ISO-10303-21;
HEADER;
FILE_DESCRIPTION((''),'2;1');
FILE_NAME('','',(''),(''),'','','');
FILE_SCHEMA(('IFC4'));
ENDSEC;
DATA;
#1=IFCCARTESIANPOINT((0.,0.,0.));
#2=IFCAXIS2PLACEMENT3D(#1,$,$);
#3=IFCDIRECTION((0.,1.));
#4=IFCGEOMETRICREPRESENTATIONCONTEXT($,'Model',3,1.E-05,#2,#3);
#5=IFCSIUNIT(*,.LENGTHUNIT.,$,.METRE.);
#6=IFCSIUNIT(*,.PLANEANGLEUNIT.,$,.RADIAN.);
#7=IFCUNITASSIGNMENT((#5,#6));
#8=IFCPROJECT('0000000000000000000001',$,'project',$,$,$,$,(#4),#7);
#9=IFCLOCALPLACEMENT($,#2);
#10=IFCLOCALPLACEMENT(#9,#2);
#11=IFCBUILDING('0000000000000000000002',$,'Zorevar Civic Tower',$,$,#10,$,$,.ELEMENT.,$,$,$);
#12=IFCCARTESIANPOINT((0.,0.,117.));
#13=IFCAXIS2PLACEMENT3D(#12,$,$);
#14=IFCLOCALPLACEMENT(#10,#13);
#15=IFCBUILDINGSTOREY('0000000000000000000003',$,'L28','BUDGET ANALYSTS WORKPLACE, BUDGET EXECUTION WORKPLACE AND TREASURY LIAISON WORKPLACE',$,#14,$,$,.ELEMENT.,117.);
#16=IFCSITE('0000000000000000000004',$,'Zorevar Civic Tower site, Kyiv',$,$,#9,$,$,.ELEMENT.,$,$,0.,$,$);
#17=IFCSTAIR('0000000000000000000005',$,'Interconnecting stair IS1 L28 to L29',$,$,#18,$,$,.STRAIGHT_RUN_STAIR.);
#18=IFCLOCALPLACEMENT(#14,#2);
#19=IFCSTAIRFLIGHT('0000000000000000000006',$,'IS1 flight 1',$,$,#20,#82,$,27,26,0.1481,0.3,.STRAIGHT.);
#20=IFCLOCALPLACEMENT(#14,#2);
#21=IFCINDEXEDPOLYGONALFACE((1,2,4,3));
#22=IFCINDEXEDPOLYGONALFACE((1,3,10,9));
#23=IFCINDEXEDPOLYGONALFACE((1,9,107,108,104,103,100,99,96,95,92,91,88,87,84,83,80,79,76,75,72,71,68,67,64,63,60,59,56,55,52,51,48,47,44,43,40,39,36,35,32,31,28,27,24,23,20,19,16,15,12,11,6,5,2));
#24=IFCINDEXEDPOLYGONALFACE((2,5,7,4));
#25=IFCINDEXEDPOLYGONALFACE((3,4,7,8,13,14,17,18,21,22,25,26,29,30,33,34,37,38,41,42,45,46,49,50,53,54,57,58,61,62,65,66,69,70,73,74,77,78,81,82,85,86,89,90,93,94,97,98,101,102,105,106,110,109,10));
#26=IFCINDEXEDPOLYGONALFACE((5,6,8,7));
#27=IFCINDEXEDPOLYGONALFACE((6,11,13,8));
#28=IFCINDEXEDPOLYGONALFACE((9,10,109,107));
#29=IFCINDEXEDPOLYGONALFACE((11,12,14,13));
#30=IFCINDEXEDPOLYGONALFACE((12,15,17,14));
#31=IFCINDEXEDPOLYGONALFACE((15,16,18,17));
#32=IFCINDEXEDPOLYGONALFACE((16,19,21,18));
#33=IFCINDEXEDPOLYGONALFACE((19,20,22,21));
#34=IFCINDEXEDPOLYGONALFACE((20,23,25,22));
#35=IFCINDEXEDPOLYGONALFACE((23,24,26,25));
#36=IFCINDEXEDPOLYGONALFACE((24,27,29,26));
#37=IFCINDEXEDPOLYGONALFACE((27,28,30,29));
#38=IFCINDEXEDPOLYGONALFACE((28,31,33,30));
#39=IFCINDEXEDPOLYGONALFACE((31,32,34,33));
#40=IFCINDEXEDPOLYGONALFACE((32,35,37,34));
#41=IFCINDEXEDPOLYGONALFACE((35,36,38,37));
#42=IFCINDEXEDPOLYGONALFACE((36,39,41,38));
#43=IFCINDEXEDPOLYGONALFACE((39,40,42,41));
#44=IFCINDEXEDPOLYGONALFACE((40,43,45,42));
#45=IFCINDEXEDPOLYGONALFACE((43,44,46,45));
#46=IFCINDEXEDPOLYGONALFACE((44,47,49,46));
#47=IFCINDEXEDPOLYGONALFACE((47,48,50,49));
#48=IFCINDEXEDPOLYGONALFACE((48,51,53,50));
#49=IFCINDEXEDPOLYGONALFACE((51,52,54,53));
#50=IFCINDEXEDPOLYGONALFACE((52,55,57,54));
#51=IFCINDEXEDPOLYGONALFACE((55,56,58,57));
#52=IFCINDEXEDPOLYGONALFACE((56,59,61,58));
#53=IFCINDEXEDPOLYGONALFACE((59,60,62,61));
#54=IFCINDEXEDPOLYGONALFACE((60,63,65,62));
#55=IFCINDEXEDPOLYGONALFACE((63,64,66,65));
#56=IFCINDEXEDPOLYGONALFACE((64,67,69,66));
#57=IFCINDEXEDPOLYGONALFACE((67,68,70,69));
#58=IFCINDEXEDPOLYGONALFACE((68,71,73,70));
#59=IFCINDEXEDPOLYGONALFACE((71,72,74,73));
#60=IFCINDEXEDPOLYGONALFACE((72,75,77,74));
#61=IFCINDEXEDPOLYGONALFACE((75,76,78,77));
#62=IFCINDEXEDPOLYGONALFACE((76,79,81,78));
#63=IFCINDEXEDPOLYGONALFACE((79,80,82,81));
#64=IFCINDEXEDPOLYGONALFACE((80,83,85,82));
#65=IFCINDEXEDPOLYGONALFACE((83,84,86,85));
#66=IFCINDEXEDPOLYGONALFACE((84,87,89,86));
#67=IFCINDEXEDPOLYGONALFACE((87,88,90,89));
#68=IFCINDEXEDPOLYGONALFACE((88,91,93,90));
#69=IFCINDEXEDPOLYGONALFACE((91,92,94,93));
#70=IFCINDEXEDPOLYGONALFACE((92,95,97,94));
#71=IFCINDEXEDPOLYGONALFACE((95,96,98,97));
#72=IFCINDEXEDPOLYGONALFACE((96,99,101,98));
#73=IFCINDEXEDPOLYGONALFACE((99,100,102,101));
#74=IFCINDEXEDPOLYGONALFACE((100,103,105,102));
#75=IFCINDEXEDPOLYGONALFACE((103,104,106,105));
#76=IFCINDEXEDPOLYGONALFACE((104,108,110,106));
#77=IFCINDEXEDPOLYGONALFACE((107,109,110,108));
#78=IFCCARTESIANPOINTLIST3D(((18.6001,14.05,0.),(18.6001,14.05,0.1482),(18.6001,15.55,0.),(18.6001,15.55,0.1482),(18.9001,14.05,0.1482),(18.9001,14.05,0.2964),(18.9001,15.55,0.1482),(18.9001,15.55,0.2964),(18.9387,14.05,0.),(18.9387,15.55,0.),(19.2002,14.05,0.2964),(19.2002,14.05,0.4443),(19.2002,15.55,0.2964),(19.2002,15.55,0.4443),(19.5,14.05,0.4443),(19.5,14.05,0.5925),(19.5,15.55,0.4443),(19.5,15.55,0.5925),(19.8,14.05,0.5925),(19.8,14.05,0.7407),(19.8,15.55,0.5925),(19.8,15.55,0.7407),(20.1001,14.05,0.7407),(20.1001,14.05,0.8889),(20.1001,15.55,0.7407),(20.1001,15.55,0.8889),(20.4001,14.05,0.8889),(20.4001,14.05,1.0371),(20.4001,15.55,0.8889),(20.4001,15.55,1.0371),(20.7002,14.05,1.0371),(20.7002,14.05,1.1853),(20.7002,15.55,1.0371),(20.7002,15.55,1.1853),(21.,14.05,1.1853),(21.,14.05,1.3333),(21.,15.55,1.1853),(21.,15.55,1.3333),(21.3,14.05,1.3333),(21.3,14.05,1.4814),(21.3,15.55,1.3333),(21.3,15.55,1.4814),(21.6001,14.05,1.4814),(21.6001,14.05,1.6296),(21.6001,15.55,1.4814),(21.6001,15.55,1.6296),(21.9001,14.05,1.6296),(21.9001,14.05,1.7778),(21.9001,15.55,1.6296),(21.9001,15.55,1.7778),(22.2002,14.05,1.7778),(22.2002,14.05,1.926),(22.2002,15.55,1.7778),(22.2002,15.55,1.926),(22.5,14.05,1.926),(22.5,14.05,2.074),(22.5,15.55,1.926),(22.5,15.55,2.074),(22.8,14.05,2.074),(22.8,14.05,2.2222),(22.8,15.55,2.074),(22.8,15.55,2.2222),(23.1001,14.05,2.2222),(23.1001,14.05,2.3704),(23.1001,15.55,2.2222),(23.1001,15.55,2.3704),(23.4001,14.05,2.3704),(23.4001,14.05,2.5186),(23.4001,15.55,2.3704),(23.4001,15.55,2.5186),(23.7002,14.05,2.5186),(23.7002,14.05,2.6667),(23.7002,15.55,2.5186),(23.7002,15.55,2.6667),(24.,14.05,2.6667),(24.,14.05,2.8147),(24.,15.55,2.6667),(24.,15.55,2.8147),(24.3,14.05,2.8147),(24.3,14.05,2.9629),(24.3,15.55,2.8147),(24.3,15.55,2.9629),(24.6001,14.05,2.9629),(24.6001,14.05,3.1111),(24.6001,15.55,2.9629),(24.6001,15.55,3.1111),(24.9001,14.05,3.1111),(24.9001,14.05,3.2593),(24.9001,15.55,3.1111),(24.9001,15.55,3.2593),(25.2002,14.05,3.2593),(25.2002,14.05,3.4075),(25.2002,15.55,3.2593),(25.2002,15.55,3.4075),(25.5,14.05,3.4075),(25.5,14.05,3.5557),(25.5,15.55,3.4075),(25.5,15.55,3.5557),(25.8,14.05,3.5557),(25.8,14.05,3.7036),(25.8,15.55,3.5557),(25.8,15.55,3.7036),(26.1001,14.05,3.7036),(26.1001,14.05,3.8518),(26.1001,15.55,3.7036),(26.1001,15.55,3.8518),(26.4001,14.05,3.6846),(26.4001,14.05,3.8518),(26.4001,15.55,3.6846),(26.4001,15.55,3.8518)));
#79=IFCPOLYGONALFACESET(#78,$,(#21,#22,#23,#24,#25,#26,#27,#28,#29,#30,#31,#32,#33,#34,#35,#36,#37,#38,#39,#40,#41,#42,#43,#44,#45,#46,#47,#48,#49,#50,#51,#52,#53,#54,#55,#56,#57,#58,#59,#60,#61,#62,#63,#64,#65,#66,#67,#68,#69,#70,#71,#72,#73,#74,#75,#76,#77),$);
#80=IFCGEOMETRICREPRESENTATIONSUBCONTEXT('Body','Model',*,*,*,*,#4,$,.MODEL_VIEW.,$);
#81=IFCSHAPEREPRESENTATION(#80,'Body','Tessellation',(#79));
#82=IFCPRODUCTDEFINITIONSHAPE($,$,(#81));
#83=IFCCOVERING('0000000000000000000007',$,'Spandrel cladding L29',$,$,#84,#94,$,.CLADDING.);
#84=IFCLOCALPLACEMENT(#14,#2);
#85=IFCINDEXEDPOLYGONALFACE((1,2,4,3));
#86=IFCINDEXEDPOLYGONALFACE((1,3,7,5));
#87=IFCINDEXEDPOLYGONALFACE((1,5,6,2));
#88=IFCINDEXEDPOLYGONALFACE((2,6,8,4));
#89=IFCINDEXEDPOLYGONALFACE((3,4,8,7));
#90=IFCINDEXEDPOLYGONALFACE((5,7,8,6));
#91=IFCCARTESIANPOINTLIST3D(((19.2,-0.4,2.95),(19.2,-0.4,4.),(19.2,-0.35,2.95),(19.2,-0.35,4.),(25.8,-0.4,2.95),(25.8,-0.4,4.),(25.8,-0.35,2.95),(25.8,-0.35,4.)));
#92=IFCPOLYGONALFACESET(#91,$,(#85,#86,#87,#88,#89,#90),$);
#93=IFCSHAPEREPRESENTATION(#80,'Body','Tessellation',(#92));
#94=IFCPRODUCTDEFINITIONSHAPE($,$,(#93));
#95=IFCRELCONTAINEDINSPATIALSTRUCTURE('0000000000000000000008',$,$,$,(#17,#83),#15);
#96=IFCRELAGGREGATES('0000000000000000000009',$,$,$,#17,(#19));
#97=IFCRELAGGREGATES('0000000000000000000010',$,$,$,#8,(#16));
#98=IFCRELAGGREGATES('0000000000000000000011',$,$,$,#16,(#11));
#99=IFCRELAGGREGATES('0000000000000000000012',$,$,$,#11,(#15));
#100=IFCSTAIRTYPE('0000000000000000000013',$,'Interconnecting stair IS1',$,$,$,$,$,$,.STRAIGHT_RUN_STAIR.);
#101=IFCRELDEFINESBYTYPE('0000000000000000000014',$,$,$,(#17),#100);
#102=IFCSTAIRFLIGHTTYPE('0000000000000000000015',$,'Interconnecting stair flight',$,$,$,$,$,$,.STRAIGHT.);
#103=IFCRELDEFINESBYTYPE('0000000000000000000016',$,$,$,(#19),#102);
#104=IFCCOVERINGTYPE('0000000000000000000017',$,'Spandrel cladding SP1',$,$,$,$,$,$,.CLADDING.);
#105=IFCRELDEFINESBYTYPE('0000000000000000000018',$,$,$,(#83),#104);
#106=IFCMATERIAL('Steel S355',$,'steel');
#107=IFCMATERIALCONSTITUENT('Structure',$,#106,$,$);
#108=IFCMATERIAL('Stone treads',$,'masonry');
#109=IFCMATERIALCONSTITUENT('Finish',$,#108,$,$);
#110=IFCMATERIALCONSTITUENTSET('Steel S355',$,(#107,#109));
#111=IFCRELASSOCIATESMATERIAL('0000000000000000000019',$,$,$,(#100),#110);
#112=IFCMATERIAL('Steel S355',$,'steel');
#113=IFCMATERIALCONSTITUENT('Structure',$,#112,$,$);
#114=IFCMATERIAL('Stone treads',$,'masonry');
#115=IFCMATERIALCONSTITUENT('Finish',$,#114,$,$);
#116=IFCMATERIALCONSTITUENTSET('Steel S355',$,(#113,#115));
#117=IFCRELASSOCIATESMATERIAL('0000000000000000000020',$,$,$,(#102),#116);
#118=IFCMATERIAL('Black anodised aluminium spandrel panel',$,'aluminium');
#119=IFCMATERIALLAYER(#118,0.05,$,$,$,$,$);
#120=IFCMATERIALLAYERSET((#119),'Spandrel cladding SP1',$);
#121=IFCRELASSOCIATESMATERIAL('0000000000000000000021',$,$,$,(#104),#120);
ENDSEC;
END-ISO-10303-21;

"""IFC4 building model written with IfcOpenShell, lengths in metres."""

from ifc_helpers import new_model, si_unit, direction, frame, frame_2d, origin, place, context, subcontext, project, spatial, polyline, rectangle, outline, extrude, material, layer, layer_set, constituent, constituent_set, type_object, element, aggregate, save


model = new_model("IFC4")

# Units and contexts
model_context = context("Model", 3, precision=1e-05, world=origin(), true_north=direction((0.0, 1.0)))
body_context = subcontext(model_context, "Body", "Model", "MODEL_VIEW")
ifc_project = project(units=[si_unit("LENGTHUNIT", "METRE"), si_unit("PLANEANGLEUNIT", "RADIAN")], contexts=[model_context])

# Site, building, storey
site_placement = place(None, origin())
site = spatial("IfcSite", under=ifc_project, at=site_placement, Name="Zorevar Civic Tower site, Kyiv", CompositionType="ELEMENT", RefElevation=0.0)
building_placement = place(site_placement, origin())
building = spatial("IfcBuilding", under=site, at=building_placement, Name="Zorevar Civic Tower", CompositionType="ELEMENT")
storey_placement = place(building_placement, frame((0.0, 0.0, 117.0)))
storey = spatial("IfcBuildingStorey", under=building, at=storey_placement, Name="L28", Description="BUDGET ANALYSTS WORKPLACE, BUDGET EXECUTION WORKPLACE AND TREASURY LIAISON WORKPLACE", CompositionType="ELEMENT", Elevation=117.0)

# Stair, stair flight
ifc_material_1 = material(Name="Steel S355", Category="steel")
ifc_constituent_1 = constituent(ifc_material_1, Name="Structure")
ifc_material_2 = material(Name="Stone treads", Category="masonry")
ifc_constituent_2 = constituent(ifc_material_2, Name="Finish")
ifc_constituent_set_1 = constituent_set(constituents=[ifc_constituent_1, ifc_constituent_2], Name="Steel S355")
stair_type = type_object("IfcStairType", Name="Interconnecting stair IS1", PredefinedType="STRAIGHT_RUN_STAIR", material=ifc_constituent_set_1)
stair_placement = place(storey_placement, origin())
stair = element("IfcStair", 1, at=stair_placement, inside=storey, type_object=stair_type, Name="Interconnecting stair IS1 L28 to L29", PredefinedType="STRAIGHT_RUN_STAIR")
ifc_material_3 = material(Name="Steel S355", Category="steel")
ifc_constituent_3 = constituent(ifc_material_3, Name="Structure")
ifc_material_4 = material(Name="Stone treads", Category="masonry")
ifc_constituent_4 = constituent(ifc_material_4, Name="Finish")
ifc_constituent_set_2 = constituent_set(constituents=[ifc_constituent_3, ifc_constituent_4], Name="Steel S355")
stair_flight_type = type_object("IfcStairFlightType", Name="Interconnecting stair flight", PredefinedType="STRAIGHT", material=ifc_constituent_set_2)
stair_flight_placement = place(storey_placement, frame((18.6001, 14.8, 0.0), z_axis=(0.0, 0.0, 1.0), x_axis=(1.0, 0.0, 0.0)))
stair_flight = element("IfcStairFlight", 2, at=stair_flight_placement, type_object=stair_flight_type, Name="IS1 flight 1", NumberOfRisers=27, NumberOfTreads=26, PredefinedType="STRAIGHT", RiserHeight=0.1481, TreadLength=0.3, context=body_context, shape_type="SweptSolid", body=[
    extrude(outline(polyline([(0.0, 0.0), (0.0, 0.1482), (0.3, 0.1482), (0.3, 0.2964), (0.6001, 0.2964), (0.6001, 0.4443), (0.8999, 0.4443), (0.8999, 0.5925), (1.2, 0.5925), (1.2, 0.7407), (1.5, 0.7407), (1.5, 0.8889), (1.8, 0.8889), (1.8, 1.0371), (2.1001, 1.0371), (2.1001, 1.1853), (2.3999, 1.1853), (2.3999, 1.3333), (2.7, 1.3333), (2.7, 1.4814), (3.0, 1.4814), (3.0, 1.6296), (3.3, 1.6296), (3.3, 1.7778), (3.6001, 1.7778), (3.6001, 1.926), (3.8999, 1.926), (3.8999, 2.074), (4.2, 2.074), (4.2, 2.2222), (4.5, 2.2222), (4.5, 2.3704), (4.8, 2.3704), (4.8, 2.5186), (5.1001, 2.5186), (5.1001, 2.6667), (5.3999, 2.6667), (5.3999, 2.8147), (5.7, 2.8147), (5.7, 2.9629), (6.0, 2.9629), (6.0, 3.1111), (6.3, 3.1111), (6.3, 3.2593), (6.6001, 3.2593), (6.6001, 3.4075), (6.8999, 3.4075), (6.8999, 3.5557), (7.2, 3.5557), (7.2, 3.7036), (7.5, 3.7036), (7.5, 3.8518), (7.8, 3.8518), (7.8, 4.0), (7.8, 3.6846), (0.3386, 0.0), (0.0, 0.0)])), frame((0.0, 0.75, 0.0), z_axis=(0.0, -1.0, 0.0), x_axis=(1.0, 0.0, 0.0)), (0.0, 0.0, 1.0), 1.5),
])
aggregate(stair, [stair_flight])

# Covering
ifc_material_5 = material(Name="Black anodised aluminium spandrel panel", Category="aluminium")
ifc_layer_1 = layer(ifc_material_5, 0.05)
ifc_layer_set_1 = layer_set([ifc_layer_1], Name="Spandrel cladding SP1")
covering_type = type_object("IfcCoveringType", Name="Spandrel cladding SP1", PredefinedType="CLADDING", material=ifc_layer_set_1)
covering_placement = place(storey_placement, frame((19.2, -0.375, 2.95), z_axis=(0.0, 0.0, 1.0), x_axis=(1.0, 0.0, 0.0)))
element("IfcCovering", 3, at=covering_placement, inside=storey, type_object=covering_type, Name="Spandrel cladding L29", PredefinedType="CLADDING", context=body_context, shape_type="SweptSolid", body=[
    extrude(rectangle(XDim=6.6001, YDim=0.05, at=frame_2d((3.3, 0.0))), origin(), (0.0, 0.0, 1.0), 1.05),
])

save(model, "model.ifc")
